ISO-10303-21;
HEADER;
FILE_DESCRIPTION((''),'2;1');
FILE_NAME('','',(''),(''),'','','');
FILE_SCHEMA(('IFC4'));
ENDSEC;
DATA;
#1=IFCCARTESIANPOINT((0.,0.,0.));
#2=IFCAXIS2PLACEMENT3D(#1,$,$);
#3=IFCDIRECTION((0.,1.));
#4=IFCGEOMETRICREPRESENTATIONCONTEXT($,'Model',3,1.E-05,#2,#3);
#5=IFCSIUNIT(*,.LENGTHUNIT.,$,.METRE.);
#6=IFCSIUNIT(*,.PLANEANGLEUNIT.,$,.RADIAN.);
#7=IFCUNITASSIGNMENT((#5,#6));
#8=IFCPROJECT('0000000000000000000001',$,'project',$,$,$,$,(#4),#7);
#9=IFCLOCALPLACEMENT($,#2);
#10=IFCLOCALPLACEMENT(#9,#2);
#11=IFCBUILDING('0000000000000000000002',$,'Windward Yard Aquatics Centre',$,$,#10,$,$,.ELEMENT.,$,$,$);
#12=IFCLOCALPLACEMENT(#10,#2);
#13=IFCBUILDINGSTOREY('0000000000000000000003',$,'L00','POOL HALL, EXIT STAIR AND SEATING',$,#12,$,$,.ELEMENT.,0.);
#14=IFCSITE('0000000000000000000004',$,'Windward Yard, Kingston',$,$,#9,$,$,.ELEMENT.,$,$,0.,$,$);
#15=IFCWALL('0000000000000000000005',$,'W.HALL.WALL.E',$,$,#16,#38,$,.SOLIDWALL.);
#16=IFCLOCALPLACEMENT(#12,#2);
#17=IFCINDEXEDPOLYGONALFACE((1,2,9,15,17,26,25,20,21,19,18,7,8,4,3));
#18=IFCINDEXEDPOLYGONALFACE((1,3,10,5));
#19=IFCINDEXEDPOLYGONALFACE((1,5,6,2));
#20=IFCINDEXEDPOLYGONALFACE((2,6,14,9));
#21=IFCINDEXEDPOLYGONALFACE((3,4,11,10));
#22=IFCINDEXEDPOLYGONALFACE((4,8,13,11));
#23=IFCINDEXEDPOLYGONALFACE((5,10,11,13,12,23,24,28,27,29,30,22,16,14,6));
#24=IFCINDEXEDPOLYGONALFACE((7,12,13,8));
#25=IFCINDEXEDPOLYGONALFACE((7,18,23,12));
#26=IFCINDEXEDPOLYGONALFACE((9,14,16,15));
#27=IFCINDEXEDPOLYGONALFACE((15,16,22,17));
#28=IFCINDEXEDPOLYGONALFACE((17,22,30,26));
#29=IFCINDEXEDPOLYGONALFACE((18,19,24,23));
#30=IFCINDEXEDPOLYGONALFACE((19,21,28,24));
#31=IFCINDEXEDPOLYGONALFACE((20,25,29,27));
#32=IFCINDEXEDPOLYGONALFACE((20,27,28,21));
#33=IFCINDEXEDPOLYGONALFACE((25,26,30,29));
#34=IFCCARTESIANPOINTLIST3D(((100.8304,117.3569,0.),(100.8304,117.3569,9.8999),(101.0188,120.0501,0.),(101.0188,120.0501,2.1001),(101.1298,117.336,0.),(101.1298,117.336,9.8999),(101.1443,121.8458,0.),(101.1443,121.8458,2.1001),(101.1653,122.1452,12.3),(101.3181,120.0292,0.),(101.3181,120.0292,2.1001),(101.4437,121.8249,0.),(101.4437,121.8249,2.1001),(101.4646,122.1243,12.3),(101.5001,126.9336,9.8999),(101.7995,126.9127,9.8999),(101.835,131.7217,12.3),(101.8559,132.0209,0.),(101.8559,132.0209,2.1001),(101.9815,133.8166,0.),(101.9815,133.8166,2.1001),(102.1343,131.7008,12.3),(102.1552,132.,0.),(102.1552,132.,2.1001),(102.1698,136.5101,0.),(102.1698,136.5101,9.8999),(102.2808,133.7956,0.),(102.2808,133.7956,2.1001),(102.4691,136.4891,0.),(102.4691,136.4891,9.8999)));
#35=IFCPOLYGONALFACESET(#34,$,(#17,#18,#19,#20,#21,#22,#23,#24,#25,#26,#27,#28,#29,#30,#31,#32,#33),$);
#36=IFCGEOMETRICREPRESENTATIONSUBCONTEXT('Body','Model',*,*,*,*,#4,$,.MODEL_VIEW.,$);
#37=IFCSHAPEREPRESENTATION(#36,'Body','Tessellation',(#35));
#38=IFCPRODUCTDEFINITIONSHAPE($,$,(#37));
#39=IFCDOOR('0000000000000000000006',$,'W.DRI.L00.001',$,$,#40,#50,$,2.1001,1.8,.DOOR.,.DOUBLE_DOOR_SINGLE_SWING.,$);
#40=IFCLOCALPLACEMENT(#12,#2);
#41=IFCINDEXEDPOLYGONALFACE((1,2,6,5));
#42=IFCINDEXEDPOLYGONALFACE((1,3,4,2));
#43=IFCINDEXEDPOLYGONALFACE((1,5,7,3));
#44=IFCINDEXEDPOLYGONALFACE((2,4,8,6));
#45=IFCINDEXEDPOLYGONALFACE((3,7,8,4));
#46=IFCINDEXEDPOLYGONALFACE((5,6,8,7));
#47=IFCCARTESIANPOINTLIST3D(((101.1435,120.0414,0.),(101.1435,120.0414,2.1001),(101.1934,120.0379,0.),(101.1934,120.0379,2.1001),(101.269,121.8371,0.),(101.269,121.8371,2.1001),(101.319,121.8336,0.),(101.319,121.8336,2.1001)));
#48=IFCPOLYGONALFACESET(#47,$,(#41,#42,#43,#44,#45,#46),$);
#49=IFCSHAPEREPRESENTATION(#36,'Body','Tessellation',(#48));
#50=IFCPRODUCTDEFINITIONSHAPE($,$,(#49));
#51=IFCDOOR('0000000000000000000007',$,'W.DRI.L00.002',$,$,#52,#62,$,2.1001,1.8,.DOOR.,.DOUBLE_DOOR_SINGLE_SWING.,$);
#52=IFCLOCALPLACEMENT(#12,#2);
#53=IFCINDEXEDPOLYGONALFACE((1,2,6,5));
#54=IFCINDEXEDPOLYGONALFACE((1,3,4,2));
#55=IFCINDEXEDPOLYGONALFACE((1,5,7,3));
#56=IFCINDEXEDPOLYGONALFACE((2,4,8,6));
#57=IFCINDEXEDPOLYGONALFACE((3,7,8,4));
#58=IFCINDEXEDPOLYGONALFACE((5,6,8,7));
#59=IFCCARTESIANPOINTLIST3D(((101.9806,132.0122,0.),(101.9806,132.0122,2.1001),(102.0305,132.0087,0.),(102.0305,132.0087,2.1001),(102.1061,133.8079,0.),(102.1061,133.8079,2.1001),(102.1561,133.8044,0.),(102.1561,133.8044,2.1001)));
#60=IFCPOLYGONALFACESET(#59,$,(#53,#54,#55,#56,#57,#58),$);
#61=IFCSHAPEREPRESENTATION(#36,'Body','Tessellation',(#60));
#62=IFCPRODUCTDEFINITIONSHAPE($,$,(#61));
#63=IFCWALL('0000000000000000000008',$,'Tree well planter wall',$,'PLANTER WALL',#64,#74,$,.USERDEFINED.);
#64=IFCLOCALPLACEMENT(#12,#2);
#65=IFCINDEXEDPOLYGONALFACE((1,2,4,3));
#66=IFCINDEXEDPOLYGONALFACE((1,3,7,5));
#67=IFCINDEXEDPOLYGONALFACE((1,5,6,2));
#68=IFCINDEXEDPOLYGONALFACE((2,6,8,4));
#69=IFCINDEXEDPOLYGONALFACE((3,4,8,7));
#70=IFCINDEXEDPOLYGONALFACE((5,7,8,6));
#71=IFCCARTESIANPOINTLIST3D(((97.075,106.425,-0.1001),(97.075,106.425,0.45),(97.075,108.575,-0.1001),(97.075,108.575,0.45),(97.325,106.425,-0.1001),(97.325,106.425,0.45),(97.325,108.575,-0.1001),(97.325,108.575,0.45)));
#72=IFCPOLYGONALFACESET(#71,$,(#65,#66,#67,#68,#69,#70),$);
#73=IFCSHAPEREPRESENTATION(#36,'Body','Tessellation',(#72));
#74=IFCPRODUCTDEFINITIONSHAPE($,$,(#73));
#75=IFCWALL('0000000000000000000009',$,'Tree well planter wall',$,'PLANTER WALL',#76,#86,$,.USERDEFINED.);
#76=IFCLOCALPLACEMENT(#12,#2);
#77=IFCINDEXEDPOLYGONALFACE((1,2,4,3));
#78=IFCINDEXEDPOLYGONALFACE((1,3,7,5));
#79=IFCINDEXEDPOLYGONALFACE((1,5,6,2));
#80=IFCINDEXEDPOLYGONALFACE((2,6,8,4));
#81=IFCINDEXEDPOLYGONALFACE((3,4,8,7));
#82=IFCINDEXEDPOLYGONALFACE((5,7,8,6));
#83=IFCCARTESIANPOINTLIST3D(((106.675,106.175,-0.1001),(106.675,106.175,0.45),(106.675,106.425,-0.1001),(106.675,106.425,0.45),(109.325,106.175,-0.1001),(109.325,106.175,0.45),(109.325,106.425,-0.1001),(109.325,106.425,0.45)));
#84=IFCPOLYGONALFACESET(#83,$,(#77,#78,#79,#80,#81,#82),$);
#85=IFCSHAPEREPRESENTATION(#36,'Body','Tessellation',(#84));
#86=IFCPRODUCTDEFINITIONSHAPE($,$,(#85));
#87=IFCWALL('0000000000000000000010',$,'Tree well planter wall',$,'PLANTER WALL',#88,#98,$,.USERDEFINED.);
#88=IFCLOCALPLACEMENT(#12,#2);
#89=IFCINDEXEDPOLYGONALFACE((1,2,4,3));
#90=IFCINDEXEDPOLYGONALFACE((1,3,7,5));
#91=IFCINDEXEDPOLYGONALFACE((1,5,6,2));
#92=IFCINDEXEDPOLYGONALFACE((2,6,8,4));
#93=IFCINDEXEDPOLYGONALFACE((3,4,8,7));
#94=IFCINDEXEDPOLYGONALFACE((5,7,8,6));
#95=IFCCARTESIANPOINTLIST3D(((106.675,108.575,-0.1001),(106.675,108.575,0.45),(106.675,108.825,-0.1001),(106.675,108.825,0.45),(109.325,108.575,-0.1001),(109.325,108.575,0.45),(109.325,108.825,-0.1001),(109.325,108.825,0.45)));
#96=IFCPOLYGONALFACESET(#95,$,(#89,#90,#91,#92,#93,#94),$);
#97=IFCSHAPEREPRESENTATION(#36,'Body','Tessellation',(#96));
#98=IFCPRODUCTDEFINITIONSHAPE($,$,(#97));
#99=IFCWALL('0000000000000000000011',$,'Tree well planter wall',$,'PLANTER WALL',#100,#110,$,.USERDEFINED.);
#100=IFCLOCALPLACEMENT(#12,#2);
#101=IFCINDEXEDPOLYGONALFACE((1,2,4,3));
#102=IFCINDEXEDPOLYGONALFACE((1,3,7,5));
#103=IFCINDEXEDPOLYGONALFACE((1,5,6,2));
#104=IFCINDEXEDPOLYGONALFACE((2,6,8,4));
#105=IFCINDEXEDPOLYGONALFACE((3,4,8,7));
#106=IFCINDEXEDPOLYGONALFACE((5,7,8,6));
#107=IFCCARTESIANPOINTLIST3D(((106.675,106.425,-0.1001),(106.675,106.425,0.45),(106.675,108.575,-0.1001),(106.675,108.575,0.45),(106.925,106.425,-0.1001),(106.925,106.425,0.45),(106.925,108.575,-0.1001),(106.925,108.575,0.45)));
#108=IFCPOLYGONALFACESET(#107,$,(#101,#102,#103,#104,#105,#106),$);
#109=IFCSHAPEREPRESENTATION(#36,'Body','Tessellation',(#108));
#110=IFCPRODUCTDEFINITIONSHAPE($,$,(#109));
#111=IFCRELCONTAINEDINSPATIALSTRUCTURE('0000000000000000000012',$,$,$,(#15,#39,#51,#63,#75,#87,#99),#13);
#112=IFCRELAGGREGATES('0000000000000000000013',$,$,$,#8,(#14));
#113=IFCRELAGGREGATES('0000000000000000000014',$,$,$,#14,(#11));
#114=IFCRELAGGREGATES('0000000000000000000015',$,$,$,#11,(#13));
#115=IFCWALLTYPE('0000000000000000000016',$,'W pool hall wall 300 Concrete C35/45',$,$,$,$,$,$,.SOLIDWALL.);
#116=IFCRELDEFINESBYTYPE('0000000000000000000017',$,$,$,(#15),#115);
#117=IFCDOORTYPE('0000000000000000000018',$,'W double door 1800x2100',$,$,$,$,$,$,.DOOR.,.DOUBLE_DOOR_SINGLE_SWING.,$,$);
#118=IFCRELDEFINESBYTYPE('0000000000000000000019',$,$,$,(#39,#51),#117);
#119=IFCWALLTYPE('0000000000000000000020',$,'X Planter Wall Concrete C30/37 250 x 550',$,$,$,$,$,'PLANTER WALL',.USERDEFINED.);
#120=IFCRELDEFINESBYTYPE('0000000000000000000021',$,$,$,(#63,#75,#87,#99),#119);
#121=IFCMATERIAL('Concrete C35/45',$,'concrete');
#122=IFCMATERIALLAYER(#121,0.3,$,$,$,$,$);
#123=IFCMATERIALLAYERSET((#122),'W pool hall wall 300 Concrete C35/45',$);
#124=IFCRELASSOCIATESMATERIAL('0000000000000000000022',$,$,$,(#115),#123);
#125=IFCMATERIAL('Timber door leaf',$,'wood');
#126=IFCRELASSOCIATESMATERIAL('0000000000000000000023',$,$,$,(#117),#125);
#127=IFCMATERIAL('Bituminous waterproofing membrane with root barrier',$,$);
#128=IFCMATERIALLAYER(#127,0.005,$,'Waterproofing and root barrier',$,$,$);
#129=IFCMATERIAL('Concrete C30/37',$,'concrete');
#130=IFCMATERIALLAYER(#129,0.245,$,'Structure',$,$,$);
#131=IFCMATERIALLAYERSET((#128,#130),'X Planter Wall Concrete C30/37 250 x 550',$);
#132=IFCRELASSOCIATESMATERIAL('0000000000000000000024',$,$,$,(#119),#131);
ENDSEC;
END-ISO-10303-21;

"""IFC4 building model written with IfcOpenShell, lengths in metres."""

from ifc_helpers import new_model, si_unit, direction, frame, frame_2d, origin, place, context, subcontext, project, spatial, polyline, rectangle, outline, extrude, material, layer, layer_set, type_object, element, fill, save


model = new_model("IFC4")

# Units and contexts
model_context = context("Model", 3, precision=1e-05, world=origin(), true_north=direction((0.0, 1.0)))
body_context = subcontext(model_context, "Body", "Model", "MODEL_VIEW")
ifc_project = project(units=[si_unit("LENGTHUNIT", "METRE"), si_unit("PLANEANGLEUNIT", "RADIAN")], contexts=[model_context])

# Site, building, storey
site_placement = place(None, origin())
site = spatial("IfcSite", under=ifc_project, at=site_placement, Name="Windward Yard, Kingston", CompositionType="ELEMENT", RefElevation=0.0)
building_placement = place(site_placement, origin())
building = spatial("IfcBuilding", under=site, at=building_placement, Name="Windward Yard Aquatics Centre", CompositionType="ELEMENT")
storey_placement = place(building_placement, origin())
storey = spatial("IfcBuildingStorey", under=building, at=storey_placement, Name="L00", Description="POOL HALL, EXIT STAIR AND SEATING", CompositionType="ELEMENT", Elevation=0.0)

# Wall, openings, doors
ifc_material_1 = material(Name="Concrete C35/45", Category="concrete")
ifc_layer_1 = layer(ifc_material_1, 0.3)
ifc_layer_set_1 = layer_set([ifc_layer_1], Name="W pool hall wall 300 Concrete C35/45")
wall_type_1 = type_object("IfcWallType", Name="W pool hall wall 300 Concrete C35/45", PredefinedType="SOLIDWALL", material=ifc_layer_set_1)
wall_1_placement = place(storey_placement, frame((100.98, 117.3464, 0.0), z_axis=(0.0, 0.0, 1.0), x_axis=(0.069759, 0.997564, 0.0)))
wall_1 = element("IfcWall", 1, at=wall_1_placement, inside=storey, type_object=wall_type_1, Name="W.HALL.WALL.E", PredefinedType="SOLIDWALL", context=body_context, shape_type="SweptSolid", body=[
    extrude(outline(polyline([(0.0, 0.0), (19.2, 0.0), (19.2, 9.8999), (14.3999, 12.3), (9.6001, 9.8999), (4.8, 12.3), (0.0, 9.8999), (0.0, 0.0)])), frame((0.0, 0.1499, 0.0), z_axis=(0.0, -1.0, 0.0), x_axis=(1.0, 0.0, 0.0)), (0.0, 0.0, 1.0), 0.3),
])
opening_1_placement = place(wall_1_placement, frame((2.7, 0.0, 0.0)))
opening_1 = element("IfcOpeningElement", 2, at=opening_1_placement, cuts=wall_1, PredefinedType="OPENING", context=body_context, shape_type="SweptSolid", body=[
    extrude(rectangle(XDim=1.8, YDim=2.1001, at=frame_2d((0.8999, 1.05))), frame((0.0, 0.1602, 0.0), z_axis=(0.0, -1.0, 0.0), x_axis=(1.0, 0.0, 0.0)), (0.0, 0.0, 1.0), 0.3201),
])
opening_2_placement = place(wall_1_placement, frame((14.7, 0.0, 0.0)))
opening_2 = element("IfcOpeningElement", 3, at=opening_2_placement, cuts=wall_1, PredefinedType="OPENING", context=body_context, shape_type="SweptSolid", body=[
    extrude(rectangle(XDim=1.8, YDim=2.1001, at=frame_2d((0.8999, 1.05))), frame((0.0, 0.1602, 0.0), z_axis=(0.0, -1.0, 0.0), x_axis=(1.0, 0.0, 0.0)), (0.0, 0.0, 1.0), 0.3201),
])
ifc_material_2 = material(Name="Timber door leaf", Category="wood")
door_type = type_object("IfcDoorType", Name="W double door 1800x2100", OperationType="DOUBLE_DOOR_SINGLE_SWING", PredefinedType="DOOR", material=ifc_material_2)
door_1_placement = place(opening_1_placement, origin())
door_1 = element("IfcDoor", 4, at=door_1_placement, inside=storey, type_object=door_type, Name="W.DRI.L00.001", OperationType="DOUBLE_DOOR_SINGLE_SWING", OverallHeight=2.1001, OverallWidth=1.8, PredefinedType="DOOR", context=body_context, shape_type="SweptSolid", body=[
    extrude(rectangle(XDim=1.8, YDim=2.1001, at=frame_2d((0.8999, 1.05))), frame((0.0, 0.0249, 0.0), z_axis=(0.0, -1.0, 0.0), x_axis=(1.0, 0.0, 0.0)), (0.0, 0.0, 1.0), 0.05),
])
fill(opening_1, door_1)
door_2_placement = place(opening_2_placement, origin())
door_2 = element("IfcDoor", 5, at=door_2_placement, inside=storey, type_object=door_type, Name="W.DRI.L00.002", OperationType="DOUBLE_DOOR_SINGLE_SWING", OverallHeight=2.1001, OverallWidth=1.8, PredefinedType="DOOR", context=body_context, shape_type="SweptSolid", body=[
    extrude(rectangle(XDim=1.8, YDim=2.1001, at=frame_2d((0.8999, 1.05))), frame((0.0, 0.0249, 0.0), z_axis=(0.0, -1.0, 0.0), x_axis=(1.0, 0.0, 0.0)), (0.0, 0.0, 1.0), 0.05),
])
fill(opening_2, door_2)

# Walls
ifc_material_3 = material(Name="Bituminous waterproofing membrane with root barrier")
ifc_layer_2 = layer(ifc_material_3, 0.005, Name="Waterproofing and root barrier")
ifc_material_4 = material(Name="Concrete C30/37", Category="concrete")
ifc_layer_3 = layer(ifc_material_4, 0.245, Name="Structure")
ifc_layer_set_2 = layer_set([ifc_layer_2, ifc_layer_3], Name="X Planter Wall Concrete C30/37 250 x 550")
wall_type_2 = type_object("IfcWallType", Name="X Planter Wall Concrete C30/37 250 x 550", ElementType="PLANTER WALL", PredefinedType="USERDEFINED", material=ifc_layer_set_2)
wall_2_placement = place(storey_placement, frame((97.2, 106.425, -0.1001), z_axis=(0.0, 0.0, 1.0), x_axis=(0.0, 1.0, 0.0)))
element("IfcWall", 6, at=wall_2_placement, inside=storey, type_object=wall_type_2, Name="Tree well planter wall", ObjectType="PLANTER WALL", PredefinedType="USERDEFINED", context=body_context, shape_type="SweptSolid", body=[
    extrude(rectangle(XDim=2.1499, YDim=0.25, at=frame_2d((1.075, 0.0))), origin(), (0.0, 0.0, 1.0), 0.55),
])
for number, where, z_axis, x_axis, name in (
    (7, (106.675, 106.3, -0.1001), (0.0, 0.0, 1.0), (1.0, 0.0, 0.0), "Tree well planter wall"),
    (8, (106.675, 108.7, -0.1001), (0.0, 0.0, 1.0), (1.0, 0.0, 0.0), "Tree well planter wall"),
):
    element("IfcWall", number, at=place(storey_placement, frame(where, z_axis=z_axis, x_axis=x_axis)), inside=storey, type_object=wall_type_2, Name=name, ObjectType="PLANTER WALL", PredefinedType="USERDEFINED", context=body_context, shape_type="SweptSolid", body=[
        extrude(rectangle(XDim=2.6499, YDim=0.25, at=frame_2d((1.325, 0.0))), origin(), (0.0, 0.0, 1.0), 0.55),
    ])
wall_3_placement = place(storey_placement, frame((106.8, 106.425, -0.1001), z_axis=(0.0, 0.0, 1.0), x_axis=(0.0, 1.0, 0.0)))
element("IfcWall", 9, at=wall_3_placement, inside=storey, type_object=wall_type_2, Name="Tree well planter wall", ObjectType="PLANTER WALL", PredefinedType="USERDEFINED", context=body_context, shape_type="SweptSolid", body=[
    extrude(rectangle(XDim=2.1499, YDim=0.25, at=frame_2d((1.075, 0.0))), origin(), (0.0, 0.0, 1.0), 0.55),
])

save(model, "model.ifc")
